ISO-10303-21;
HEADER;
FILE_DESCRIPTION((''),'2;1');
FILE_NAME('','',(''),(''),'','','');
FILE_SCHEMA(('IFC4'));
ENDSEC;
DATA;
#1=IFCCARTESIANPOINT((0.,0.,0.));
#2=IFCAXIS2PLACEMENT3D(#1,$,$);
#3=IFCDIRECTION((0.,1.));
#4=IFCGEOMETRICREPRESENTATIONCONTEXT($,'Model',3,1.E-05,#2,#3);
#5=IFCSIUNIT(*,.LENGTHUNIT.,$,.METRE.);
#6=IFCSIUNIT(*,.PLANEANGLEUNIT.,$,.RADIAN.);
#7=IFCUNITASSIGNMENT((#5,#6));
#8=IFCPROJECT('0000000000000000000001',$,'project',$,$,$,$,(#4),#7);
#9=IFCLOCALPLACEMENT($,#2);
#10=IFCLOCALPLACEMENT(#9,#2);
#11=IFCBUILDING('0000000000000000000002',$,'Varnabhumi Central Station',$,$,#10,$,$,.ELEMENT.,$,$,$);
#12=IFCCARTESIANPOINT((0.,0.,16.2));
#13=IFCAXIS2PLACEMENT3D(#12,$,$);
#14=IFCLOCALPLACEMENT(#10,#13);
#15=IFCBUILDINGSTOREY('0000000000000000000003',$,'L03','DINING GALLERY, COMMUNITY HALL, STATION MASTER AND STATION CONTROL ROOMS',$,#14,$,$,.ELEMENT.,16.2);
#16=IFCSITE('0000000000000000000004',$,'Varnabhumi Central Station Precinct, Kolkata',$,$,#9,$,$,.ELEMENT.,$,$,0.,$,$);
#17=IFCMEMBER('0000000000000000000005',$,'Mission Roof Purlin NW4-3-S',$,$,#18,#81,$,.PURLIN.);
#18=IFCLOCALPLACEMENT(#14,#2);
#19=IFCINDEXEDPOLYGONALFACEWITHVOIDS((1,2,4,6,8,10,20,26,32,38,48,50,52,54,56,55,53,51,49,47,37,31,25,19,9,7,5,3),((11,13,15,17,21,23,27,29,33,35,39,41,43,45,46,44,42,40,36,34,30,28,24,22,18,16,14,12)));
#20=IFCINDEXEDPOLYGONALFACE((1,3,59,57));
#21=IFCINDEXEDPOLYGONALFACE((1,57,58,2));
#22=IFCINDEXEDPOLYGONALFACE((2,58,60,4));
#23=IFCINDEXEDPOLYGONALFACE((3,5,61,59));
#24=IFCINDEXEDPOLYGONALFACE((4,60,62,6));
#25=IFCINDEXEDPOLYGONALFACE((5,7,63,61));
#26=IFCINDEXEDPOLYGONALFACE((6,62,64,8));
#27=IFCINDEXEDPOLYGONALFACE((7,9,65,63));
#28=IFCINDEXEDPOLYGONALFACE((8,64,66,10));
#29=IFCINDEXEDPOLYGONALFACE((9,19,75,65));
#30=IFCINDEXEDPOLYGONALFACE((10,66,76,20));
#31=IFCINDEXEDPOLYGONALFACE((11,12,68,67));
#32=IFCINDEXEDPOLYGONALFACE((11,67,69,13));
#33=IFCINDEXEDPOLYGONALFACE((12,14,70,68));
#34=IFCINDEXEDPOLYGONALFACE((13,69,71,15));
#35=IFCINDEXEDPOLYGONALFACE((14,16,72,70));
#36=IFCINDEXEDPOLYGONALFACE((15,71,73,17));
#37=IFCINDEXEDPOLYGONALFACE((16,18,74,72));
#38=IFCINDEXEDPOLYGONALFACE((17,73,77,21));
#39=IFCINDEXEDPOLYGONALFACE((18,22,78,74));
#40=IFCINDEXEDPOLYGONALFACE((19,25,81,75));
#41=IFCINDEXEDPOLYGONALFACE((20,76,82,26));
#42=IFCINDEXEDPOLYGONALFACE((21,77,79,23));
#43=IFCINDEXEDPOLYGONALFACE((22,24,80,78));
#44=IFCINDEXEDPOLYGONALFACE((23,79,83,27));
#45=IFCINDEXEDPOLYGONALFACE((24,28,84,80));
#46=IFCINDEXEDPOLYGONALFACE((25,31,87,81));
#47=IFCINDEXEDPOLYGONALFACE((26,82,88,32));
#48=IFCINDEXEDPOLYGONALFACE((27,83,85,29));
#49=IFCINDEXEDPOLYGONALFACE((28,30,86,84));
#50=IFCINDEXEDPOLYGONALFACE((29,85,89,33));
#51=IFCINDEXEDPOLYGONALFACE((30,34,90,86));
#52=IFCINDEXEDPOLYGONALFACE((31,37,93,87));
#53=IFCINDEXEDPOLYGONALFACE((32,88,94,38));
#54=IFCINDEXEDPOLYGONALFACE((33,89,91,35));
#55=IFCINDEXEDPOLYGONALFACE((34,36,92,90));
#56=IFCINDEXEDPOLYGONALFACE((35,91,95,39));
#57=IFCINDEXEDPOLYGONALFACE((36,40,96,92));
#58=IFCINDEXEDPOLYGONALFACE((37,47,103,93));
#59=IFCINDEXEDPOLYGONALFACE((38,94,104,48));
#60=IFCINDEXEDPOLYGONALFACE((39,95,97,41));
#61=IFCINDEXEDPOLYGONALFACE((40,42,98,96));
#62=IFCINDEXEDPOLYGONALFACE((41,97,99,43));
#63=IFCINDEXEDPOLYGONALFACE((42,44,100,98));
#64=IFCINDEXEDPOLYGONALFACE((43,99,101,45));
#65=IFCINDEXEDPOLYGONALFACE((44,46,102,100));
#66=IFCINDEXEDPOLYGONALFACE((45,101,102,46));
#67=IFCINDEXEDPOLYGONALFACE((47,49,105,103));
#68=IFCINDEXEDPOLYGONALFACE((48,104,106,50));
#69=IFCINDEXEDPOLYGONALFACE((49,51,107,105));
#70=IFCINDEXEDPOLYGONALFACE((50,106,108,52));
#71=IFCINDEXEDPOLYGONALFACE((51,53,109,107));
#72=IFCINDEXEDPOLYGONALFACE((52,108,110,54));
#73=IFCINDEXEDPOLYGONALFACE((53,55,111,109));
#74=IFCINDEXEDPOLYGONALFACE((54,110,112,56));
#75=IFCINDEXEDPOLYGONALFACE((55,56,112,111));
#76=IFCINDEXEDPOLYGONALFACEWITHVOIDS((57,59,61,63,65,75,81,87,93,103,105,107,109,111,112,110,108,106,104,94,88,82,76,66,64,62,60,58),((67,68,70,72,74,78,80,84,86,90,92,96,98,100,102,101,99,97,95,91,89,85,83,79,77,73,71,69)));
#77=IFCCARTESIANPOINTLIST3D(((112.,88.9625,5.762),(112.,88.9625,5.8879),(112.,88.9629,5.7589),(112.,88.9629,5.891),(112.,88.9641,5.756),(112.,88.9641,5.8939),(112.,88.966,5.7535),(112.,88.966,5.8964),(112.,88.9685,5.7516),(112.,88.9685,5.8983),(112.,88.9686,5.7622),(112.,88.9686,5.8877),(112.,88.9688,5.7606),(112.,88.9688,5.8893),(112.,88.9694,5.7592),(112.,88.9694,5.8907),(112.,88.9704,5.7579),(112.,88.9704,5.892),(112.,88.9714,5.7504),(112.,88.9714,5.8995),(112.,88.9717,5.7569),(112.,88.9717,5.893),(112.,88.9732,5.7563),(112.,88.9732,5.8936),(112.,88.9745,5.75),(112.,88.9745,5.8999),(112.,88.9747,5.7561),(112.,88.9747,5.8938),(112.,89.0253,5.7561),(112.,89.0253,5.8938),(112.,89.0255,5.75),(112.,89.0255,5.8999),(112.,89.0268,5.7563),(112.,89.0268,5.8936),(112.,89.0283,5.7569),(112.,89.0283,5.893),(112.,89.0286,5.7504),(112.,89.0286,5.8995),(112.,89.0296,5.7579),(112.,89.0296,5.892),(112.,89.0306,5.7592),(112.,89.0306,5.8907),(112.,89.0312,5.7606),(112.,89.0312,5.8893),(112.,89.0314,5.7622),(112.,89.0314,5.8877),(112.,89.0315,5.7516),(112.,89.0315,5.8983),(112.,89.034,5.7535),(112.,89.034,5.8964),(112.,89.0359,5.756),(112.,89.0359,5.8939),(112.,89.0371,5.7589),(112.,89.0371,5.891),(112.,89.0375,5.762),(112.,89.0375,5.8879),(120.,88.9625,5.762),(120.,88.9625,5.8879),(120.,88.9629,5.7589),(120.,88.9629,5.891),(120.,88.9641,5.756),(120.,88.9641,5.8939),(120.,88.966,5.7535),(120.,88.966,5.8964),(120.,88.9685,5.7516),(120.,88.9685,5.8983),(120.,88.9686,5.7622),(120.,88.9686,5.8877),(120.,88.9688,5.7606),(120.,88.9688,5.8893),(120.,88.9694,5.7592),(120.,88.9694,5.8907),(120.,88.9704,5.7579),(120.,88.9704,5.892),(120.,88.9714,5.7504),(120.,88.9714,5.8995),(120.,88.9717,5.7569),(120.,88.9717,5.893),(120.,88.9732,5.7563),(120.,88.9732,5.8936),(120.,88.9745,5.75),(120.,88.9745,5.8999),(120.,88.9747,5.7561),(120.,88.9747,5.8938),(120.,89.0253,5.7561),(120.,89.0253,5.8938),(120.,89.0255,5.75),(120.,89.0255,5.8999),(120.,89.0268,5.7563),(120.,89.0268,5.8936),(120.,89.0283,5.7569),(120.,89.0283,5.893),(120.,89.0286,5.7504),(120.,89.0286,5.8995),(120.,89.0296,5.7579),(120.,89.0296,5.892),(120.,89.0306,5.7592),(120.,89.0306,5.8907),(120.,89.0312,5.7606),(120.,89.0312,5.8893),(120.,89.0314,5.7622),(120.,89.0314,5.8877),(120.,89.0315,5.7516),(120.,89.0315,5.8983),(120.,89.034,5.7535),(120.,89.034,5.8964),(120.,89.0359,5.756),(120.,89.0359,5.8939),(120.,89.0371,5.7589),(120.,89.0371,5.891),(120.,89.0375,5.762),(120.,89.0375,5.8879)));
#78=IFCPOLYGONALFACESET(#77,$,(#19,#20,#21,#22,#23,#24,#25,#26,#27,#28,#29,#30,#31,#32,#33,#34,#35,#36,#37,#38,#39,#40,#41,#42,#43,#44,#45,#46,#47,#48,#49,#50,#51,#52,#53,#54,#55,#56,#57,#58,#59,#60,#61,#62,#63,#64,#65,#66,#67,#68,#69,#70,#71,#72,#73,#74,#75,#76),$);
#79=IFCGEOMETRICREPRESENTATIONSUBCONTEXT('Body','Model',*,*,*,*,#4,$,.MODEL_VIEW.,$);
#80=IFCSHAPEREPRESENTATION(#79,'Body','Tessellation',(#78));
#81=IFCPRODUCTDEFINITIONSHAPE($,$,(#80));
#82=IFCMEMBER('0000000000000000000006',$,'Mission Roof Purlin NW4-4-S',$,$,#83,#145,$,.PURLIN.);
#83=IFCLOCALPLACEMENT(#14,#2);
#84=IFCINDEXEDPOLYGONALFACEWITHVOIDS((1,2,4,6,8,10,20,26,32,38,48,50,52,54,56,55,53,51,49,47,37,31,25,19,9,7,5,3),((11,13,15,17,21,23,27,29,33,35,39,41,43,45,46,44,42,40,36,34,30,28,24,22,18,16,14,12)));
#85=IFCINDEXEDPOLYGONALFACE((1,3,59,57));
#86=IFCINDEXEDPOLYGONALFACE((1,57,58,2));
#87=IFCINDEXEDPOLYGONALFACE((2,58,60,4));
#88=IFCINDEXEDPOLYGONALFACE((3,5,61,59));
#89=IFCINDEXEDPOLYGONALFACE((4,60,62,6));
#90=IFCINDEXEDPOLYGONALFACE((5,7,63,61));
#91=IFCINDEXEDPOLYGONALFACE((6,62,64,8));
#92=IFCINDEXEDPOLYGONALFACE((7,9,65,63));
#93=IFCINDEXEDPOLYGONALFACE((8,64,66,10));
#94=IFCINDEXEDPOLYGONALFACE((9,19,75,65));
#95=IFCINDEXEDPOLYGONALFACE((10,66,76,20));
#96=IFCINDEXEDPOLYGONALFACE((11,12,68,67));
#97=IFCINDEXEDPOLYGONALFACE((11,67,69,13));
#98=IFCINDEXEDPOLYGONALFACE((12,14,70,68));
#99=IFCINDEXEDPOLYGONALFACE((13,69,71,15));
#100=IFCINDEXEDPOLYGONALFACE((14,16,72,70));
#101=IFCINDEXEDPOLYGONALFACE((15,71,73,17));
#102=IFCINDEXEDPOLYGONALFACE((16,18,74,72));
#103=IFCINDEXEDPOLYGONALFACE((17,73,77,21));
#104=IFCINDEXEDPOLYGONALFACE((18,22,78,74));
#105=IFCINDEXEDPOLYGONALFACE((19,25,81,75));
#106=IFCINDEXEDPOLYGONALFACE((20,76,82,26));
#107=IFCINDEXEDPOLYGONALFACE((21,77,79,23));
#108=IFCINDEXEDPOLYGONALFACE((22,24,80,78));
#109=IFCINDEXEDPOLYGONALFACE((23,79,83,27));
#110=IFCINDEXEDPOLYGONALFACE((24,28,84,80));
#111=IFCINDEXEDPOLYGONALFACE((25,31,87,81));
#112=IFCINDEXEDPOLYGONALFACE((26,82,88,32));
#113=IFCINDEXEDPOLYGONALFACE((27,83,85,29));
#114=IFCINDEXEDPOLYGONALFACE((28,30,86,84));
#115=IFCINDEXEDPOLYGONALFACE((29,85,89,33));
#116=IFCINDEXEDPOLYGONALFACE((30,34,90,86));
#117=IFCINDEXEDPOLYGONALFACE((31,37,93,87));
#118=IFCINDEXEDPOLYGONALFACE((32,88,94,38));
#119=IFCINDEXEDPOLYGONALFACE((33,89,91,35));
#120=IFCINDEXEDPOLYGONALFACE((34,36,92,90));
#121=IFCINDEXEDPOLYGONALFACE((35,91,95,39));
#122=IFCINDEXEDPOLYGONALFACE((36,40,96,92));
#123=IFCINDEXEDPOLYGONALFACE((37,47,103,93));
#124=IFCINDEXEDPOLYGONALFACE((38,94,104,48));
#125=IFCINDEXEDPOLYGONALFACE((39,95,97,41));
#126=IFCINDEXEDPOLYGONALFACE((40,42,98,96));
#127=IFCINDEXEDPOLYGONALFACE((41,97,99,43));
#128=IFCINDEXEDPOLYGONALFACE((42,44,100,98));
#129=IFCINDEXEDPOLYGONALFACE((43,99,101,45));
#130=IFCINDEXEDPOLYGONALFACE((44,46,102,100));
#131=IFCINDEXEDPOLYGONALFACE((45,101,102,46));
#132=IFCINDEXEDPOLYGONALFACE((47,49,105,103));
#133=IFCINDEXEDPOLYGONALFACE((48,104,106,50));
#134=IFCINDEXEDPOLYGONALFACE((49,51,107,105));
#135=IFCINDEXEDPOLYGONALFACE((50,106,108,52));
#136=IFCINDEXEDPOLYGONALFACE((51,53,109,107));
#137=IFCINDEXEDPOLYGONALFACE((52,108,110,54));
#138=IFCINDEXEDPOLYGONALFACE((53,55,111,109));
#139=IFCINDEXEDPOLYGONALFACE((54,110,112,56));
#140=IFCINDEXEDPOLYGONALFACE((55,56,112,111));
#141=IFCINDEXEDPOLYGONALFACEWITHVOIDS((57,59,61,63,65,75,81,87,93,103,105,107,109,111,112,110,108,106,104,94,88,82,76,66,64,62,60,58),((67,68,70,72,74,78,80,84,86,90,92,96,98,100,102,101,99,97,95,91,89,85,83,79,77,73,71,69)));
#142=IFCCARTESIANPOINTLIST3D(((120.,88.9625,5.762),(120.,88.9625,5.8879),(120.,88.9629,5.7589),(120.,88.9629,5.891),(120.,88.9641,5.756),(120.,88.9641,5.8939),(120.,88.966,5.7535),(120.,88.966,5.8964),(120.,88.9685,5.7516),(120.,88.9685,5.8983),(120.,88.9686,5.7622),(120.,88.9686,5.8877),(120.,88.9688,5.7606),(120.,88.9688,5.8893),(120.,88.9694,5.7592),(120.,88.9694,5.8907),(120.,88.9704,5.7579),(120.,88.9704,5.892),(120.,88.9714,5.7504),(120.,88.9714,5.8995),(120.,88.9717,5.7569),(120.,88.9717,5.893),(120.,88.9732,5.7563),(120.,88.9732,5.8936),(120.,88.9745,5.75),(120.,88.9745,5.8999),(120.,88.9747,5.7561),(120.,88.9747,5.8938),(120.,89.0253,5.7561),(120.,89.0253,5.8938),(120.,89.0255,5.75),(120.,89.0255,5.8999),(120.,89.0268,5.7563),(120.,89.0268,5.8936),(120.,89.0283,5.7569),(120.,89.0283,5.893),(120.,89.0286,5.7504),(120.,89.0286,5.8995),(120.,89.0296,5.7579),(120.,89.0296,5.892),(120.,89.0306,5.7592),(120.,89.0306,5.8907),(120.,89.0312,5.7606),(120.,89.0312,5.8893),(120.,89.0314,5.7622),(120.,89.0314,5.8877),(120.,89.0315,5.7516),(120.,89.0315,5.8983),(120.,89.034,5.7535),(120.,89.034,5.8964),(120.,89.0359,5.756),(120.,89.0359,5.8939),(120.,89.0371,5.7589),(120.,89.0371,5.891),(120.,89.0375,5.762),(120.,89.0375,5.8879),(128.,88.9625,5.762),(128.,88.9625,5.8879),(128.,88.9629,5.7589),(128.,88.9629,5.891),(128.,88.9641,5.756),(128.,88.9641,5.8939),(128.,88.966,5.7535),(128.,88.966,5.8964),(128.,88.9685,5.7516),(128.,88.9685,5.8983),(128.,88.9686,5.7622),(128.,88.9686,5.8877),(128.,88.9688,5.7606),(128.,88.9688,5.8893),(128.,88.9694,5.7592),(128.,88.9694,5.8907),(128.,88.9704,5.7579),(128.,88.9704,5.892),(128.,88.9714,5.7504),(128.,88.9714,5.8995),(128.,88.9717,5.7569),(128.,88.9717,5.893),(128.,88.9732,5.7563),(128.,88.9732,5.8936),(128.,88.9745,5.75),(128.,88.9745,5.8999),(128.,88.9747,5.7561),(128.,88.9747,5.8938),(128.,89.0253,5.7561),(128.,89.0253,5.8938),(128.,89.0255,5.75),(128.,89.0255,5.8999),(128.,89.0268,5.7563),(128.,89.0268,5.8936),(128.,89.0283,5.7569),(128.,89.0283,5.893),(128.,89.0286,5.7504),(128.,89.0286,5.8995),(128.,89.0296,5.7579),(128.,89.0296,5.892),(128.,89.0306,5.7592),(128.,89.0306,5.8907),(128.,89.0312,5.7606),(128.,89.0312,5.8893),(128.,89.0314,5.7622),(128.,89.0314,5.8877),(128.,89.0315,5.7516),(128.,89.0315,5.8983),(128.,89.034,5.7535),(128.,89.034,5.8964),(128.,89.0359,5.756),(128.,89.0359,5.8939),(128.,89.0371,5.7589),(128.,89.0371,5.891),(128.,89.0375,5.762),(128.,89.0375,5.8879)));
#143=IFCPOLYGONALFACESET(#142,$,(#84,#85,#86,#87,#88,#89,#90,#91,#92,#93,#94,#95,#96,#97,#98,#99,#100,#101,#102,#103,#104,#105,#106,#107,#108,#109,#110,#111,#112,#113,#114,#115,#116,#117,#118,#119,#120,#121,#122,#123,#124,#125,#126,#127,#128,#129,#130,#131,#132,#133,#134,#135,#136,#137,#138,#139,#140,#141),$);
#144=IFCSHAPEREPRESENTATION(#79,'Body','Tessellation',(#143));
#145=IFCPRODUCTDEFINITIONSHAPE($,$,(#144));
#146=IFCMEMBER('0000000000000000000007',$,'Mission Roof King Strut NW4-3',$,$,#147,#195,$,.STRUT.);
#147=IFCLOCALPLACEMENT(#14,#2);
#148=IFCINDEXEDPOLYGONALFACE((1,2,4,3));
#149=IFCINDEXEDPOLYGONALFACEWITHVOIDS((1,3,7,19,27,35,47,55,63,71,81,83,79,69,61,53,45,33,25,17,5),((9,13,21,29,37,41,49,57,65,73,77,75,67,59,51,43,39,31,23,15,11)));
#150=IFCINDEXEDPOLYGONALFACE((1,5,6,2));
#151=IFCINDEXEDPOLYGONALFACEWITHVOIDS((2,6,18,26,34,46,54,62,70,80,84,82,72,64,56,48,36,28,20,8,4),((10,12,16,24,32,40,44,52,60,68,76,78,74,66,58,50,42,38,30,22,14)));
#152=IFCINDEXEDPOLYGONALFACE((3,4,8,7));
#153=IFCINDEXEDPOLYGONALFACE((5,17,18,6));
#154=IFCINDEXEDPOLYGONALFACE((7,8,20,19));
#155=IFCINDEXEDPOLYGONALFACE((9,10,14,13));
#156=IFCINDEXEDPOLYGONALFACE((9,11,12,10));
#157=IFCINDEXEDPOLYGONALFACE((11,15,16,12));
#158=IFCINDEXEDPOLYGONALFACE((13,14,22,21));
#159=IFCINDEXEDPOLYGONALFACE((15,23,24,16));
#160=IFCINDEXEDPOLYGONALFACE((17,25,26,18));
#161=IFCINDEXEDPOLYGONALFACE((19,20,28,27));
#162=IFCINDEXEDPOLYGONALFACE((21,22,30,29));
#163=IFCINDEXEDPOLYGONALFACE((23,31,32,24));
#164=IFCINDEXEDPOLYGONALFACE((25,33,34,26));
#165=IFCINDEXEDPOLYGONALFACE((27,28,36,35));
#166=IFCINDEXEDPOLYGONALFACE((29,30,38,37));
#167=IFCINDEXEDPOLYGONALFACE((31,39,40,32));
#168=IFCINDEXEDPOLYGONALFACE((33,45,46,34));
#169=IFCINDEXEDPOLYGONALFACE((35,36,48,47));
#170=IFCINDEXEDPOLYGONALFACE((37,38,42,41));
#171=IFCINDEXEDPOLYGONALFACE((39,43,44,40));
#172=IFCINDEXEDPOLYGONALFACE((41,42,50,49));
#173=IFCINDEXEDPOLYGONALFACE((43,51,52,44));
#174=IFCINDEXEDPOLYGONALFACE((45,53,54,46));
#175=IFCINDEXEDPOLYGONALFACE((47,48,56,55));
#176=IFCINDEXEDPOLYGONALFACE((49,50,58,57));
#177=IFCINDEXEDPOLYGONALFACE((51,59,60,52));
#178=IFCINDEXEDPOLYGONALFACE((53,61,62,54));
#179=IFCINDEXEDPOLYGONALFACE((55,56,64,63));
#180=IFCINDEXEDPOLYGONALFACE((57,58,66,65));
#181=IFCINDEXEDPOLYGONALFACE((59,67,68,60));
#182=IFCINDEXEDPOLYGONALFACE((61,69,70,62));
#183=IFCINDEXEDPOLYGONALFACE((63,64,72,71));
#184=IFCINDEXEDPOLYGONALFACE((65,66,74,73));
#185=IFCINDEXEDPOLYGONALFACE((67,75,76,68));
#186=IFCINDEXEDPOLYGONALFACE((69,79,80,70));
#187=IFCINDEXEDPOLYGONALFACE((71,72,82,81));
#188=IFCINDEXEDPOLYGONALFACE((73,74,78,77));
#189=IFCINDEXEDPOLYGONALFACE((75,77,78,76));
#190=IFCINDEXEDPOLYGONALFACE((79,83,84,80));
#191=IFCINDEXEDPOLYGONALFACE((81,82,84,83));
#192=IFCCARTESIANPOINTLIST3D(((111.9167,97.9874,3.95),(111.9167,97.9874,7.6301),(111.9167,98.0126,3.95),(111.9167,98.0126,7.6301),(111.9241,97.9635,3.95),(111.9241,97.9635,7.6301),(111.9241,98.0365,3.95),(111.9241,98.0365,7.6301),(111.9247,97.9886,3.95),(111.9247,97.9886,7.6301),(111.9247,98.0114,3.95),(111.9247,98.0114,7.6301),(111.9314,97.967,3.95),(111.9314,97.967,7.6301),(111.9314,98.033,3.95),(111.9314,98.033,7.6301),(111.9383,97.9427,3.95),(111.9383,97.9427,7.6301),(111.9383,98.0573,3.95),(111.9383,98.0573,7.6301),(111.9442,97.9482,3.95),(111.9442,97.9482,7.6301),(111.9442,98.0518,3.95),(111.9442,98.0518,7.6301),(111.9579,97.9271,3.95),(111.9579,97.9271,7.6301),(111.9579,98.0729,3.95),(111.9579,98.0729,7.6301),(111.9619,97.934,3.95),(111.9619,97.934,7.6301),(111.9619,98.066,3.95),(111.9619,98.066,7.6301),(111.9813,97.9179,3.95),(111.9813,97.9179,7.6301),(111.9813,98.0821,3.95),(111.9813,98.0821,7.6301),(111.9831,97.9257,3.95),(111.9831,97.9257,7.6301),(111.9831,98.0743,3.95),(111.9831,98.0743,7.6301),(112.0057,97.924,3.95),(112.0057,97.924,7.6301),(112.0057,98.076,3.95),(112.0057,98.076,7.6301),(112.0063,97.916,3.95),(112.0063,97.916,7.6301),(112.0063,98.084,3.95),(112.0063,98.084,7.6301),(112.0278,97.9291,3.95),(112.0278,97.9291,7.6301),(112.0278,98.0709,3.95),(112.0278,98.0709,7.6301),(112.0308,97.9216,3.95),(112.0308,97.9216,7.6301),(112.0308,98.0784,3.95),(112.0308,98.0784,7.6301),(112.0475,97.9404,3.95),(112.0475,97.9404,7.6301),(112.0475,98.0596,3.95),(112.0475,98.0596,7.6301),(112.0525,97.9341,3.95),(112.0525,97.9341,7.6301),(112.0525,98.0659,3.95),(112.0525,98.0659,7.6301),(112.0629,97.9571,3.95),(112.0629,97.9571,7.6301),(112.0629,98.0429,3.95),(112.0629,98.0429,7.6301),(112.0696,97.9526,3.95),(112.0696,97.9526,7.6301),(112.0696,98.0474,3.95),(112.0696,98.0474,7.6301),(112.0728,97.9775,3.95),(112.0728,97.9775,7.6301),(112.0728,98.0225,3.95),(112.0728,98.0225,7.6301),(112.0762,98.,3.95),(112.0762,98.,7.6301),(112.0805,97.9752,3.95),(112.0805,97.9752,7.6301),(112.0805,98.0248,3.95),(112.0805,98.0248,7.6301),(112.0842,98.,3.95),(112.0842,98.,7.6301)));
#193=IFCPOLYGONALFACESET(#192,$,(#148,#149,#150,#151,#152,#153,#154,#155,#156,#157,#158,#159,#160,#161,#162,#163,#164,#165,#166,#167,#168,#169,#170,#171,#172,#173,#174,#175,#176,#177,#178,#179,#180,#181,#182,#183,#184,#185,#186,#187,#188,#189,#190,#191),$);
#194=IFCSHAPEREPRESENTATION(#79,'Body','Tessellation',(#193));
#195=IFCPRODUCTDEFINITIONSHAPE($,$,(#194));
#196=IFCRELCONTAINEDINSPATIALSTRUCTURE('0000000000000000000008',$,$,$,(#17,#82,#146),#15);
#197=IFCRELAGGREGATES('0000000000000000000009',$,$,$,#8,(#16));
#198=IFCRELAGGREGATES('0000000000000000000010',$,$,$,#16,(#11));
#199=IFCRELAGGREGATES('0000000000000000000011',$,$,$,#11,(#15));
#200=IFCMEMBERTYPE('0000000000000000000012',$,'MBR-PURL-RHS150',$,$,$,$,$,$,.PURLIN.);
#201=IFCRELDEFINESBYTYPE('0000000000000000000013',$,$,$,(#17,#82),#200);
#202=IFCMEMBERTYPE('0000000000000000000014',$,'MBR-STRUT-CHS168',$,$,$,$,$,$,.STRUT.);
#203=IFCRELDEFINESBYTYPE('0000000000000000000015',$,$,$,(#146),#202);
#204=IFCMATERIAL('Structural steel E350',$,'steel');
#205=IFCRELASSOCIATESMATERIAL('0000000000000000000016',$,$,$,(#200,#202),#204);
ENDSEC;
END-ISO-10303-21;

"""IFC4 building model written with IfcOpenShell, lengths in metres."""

from ifc_helpers import new_model, si_unit, direction, frame, origin, origin_2d, place, context, subcontext, project, spatial, hollow_rectangle, hollow_circle, extrude, material, material_profile, profile_set, type_object, element, save


model = new_model("IFC4")

# Units and contexts
model_context = context("Model", 3, precision=1e-05, world=origin(), true_north=direction((0.0, 1.0)))
body_context = subcontext(model_context, "Body", "Model", "MODEL_VIEW")
ifc_project = project(units=[si_unit("LENGTHUNIT", "METRE"), si_unit("PLANEANGLEUNIT", "RADIAN")], contexts=[model_context])

# Site, building, storey
site_placement = place(None, origin())
site = spatial("IfcSite", under=ifc_project, at=site_placement, Name="Varnabhumi Central Station Precinct, Kolkata", CompositionType="ELEMENT", RefElevation=0.0)
building_placement = place(site_placement, origin())
building = spatial("IfcBuilding", under=site, at=building_placement, Name="Varnabhumi Central Station", CompositionType="ELEMENT")
storey_placement = place(building_placement, frame((0.0, 0.0, 16.2)))
storey = spatial("IfcBuildingStorey", under=building, at=storey_placement, Name="L03", Description="DINING GALLERY, COMMUNITY HALL, STATION MASTER AND STATION CONTROL ROOMS", CompositionType="ELEMENT", Elevation=16.2)

# Shared definitions
ifc_material_1 = material(Name="Structural steel E350", Category="steel")

# Members
ifc_material_profile_1 = material_profile(ifc_material_1, hollow_rectangle(XDim=0.075, YDim=0.1499, WallThickness=0.0061, InnerFilletRadius=0.0061, OuterFilletRadius=0.012, at=origin_2d()), Name="Structural steel E350", Category="steel")
ifc_profile_set_1 = profile_set([ifc_material_profile_1], Name="Structural steel E350")
member_type_1 = type_object("IfcMemberType", Name="MBR-PURL-RHS150", PredefinedType="PURLIN", material=ifc_profile_set_1)
for number, where, z_axis, x_axis, name in (
    (1, (112.0, 89.0, 5.825), (1.0, 0.0, 0.0), (0.0, 1.0, 0.0), "Mission Roof Purlin NW4-3-S"),
    (2, (120.0, 89.0, 5.825), (1.0, 0.0, 0.0), (0.0, 1.0, 0.0), "Mission Roof Purlin NW4-4-S"),
):
    element("IfcMember", number, at=place(storey_placement, frame(where, z_axis=z_axis, x_axis=x_axis)), inside=storey, type_object=member_type_1, Name=name, PredefinedType="PURLIN", context=body_context, shape_type="SweptSolid", body=[
        extrude(hollow_rectangle(XDim=0.075, YDim=0.1499, WallThickness=0.0061, InnerFilletRadius=0.0061, OuterFilletRadius=0.012, at=origin_2d()), origin(), (0.0, 0.0, 1.0), 8.0),
    ])
ifc_material_profile_2 = material_profile(ifc_material_1, hollow_circle(Radius=0.0842, WallThickness=0.0081, at=origin_2d()), Name="Structural steel E350", Category="steel")
ifc_profile_set_2 = profile_set([ifc_material_profile_2], Name="Structural steel E350")
member_type_2 = type_object("IfcMemberType", Name="MBR-STRUT-CHS168", PredefinedType="STRUT", material=ifc_profile_set_2)
for number, where, z_axis, x_axis, name in (
    (3, (112.0, 98.0, 3.95), (0.0, 0.0, 1.0), (1.0, 0.0, 0.0), "Mission Roof King Strut NW4-3"),
):
    element("IfcMember", number, at=place(storey_placement, frame(where, z_axis=z_axis, x_axis=x_axis)), inside=storey, type_object=member_type_2, Name=name, PredefinedType="STRUT", context=body_context, shape_type="SweptSolid", body=[
        extrude(hollow_circle(Radius=0.0842, WallThickness=0.0081, at=origin_2d()), origin(), (0.0, 0.0, 1.0), 3.6802),
    ])

save(model, "model.ifc")
